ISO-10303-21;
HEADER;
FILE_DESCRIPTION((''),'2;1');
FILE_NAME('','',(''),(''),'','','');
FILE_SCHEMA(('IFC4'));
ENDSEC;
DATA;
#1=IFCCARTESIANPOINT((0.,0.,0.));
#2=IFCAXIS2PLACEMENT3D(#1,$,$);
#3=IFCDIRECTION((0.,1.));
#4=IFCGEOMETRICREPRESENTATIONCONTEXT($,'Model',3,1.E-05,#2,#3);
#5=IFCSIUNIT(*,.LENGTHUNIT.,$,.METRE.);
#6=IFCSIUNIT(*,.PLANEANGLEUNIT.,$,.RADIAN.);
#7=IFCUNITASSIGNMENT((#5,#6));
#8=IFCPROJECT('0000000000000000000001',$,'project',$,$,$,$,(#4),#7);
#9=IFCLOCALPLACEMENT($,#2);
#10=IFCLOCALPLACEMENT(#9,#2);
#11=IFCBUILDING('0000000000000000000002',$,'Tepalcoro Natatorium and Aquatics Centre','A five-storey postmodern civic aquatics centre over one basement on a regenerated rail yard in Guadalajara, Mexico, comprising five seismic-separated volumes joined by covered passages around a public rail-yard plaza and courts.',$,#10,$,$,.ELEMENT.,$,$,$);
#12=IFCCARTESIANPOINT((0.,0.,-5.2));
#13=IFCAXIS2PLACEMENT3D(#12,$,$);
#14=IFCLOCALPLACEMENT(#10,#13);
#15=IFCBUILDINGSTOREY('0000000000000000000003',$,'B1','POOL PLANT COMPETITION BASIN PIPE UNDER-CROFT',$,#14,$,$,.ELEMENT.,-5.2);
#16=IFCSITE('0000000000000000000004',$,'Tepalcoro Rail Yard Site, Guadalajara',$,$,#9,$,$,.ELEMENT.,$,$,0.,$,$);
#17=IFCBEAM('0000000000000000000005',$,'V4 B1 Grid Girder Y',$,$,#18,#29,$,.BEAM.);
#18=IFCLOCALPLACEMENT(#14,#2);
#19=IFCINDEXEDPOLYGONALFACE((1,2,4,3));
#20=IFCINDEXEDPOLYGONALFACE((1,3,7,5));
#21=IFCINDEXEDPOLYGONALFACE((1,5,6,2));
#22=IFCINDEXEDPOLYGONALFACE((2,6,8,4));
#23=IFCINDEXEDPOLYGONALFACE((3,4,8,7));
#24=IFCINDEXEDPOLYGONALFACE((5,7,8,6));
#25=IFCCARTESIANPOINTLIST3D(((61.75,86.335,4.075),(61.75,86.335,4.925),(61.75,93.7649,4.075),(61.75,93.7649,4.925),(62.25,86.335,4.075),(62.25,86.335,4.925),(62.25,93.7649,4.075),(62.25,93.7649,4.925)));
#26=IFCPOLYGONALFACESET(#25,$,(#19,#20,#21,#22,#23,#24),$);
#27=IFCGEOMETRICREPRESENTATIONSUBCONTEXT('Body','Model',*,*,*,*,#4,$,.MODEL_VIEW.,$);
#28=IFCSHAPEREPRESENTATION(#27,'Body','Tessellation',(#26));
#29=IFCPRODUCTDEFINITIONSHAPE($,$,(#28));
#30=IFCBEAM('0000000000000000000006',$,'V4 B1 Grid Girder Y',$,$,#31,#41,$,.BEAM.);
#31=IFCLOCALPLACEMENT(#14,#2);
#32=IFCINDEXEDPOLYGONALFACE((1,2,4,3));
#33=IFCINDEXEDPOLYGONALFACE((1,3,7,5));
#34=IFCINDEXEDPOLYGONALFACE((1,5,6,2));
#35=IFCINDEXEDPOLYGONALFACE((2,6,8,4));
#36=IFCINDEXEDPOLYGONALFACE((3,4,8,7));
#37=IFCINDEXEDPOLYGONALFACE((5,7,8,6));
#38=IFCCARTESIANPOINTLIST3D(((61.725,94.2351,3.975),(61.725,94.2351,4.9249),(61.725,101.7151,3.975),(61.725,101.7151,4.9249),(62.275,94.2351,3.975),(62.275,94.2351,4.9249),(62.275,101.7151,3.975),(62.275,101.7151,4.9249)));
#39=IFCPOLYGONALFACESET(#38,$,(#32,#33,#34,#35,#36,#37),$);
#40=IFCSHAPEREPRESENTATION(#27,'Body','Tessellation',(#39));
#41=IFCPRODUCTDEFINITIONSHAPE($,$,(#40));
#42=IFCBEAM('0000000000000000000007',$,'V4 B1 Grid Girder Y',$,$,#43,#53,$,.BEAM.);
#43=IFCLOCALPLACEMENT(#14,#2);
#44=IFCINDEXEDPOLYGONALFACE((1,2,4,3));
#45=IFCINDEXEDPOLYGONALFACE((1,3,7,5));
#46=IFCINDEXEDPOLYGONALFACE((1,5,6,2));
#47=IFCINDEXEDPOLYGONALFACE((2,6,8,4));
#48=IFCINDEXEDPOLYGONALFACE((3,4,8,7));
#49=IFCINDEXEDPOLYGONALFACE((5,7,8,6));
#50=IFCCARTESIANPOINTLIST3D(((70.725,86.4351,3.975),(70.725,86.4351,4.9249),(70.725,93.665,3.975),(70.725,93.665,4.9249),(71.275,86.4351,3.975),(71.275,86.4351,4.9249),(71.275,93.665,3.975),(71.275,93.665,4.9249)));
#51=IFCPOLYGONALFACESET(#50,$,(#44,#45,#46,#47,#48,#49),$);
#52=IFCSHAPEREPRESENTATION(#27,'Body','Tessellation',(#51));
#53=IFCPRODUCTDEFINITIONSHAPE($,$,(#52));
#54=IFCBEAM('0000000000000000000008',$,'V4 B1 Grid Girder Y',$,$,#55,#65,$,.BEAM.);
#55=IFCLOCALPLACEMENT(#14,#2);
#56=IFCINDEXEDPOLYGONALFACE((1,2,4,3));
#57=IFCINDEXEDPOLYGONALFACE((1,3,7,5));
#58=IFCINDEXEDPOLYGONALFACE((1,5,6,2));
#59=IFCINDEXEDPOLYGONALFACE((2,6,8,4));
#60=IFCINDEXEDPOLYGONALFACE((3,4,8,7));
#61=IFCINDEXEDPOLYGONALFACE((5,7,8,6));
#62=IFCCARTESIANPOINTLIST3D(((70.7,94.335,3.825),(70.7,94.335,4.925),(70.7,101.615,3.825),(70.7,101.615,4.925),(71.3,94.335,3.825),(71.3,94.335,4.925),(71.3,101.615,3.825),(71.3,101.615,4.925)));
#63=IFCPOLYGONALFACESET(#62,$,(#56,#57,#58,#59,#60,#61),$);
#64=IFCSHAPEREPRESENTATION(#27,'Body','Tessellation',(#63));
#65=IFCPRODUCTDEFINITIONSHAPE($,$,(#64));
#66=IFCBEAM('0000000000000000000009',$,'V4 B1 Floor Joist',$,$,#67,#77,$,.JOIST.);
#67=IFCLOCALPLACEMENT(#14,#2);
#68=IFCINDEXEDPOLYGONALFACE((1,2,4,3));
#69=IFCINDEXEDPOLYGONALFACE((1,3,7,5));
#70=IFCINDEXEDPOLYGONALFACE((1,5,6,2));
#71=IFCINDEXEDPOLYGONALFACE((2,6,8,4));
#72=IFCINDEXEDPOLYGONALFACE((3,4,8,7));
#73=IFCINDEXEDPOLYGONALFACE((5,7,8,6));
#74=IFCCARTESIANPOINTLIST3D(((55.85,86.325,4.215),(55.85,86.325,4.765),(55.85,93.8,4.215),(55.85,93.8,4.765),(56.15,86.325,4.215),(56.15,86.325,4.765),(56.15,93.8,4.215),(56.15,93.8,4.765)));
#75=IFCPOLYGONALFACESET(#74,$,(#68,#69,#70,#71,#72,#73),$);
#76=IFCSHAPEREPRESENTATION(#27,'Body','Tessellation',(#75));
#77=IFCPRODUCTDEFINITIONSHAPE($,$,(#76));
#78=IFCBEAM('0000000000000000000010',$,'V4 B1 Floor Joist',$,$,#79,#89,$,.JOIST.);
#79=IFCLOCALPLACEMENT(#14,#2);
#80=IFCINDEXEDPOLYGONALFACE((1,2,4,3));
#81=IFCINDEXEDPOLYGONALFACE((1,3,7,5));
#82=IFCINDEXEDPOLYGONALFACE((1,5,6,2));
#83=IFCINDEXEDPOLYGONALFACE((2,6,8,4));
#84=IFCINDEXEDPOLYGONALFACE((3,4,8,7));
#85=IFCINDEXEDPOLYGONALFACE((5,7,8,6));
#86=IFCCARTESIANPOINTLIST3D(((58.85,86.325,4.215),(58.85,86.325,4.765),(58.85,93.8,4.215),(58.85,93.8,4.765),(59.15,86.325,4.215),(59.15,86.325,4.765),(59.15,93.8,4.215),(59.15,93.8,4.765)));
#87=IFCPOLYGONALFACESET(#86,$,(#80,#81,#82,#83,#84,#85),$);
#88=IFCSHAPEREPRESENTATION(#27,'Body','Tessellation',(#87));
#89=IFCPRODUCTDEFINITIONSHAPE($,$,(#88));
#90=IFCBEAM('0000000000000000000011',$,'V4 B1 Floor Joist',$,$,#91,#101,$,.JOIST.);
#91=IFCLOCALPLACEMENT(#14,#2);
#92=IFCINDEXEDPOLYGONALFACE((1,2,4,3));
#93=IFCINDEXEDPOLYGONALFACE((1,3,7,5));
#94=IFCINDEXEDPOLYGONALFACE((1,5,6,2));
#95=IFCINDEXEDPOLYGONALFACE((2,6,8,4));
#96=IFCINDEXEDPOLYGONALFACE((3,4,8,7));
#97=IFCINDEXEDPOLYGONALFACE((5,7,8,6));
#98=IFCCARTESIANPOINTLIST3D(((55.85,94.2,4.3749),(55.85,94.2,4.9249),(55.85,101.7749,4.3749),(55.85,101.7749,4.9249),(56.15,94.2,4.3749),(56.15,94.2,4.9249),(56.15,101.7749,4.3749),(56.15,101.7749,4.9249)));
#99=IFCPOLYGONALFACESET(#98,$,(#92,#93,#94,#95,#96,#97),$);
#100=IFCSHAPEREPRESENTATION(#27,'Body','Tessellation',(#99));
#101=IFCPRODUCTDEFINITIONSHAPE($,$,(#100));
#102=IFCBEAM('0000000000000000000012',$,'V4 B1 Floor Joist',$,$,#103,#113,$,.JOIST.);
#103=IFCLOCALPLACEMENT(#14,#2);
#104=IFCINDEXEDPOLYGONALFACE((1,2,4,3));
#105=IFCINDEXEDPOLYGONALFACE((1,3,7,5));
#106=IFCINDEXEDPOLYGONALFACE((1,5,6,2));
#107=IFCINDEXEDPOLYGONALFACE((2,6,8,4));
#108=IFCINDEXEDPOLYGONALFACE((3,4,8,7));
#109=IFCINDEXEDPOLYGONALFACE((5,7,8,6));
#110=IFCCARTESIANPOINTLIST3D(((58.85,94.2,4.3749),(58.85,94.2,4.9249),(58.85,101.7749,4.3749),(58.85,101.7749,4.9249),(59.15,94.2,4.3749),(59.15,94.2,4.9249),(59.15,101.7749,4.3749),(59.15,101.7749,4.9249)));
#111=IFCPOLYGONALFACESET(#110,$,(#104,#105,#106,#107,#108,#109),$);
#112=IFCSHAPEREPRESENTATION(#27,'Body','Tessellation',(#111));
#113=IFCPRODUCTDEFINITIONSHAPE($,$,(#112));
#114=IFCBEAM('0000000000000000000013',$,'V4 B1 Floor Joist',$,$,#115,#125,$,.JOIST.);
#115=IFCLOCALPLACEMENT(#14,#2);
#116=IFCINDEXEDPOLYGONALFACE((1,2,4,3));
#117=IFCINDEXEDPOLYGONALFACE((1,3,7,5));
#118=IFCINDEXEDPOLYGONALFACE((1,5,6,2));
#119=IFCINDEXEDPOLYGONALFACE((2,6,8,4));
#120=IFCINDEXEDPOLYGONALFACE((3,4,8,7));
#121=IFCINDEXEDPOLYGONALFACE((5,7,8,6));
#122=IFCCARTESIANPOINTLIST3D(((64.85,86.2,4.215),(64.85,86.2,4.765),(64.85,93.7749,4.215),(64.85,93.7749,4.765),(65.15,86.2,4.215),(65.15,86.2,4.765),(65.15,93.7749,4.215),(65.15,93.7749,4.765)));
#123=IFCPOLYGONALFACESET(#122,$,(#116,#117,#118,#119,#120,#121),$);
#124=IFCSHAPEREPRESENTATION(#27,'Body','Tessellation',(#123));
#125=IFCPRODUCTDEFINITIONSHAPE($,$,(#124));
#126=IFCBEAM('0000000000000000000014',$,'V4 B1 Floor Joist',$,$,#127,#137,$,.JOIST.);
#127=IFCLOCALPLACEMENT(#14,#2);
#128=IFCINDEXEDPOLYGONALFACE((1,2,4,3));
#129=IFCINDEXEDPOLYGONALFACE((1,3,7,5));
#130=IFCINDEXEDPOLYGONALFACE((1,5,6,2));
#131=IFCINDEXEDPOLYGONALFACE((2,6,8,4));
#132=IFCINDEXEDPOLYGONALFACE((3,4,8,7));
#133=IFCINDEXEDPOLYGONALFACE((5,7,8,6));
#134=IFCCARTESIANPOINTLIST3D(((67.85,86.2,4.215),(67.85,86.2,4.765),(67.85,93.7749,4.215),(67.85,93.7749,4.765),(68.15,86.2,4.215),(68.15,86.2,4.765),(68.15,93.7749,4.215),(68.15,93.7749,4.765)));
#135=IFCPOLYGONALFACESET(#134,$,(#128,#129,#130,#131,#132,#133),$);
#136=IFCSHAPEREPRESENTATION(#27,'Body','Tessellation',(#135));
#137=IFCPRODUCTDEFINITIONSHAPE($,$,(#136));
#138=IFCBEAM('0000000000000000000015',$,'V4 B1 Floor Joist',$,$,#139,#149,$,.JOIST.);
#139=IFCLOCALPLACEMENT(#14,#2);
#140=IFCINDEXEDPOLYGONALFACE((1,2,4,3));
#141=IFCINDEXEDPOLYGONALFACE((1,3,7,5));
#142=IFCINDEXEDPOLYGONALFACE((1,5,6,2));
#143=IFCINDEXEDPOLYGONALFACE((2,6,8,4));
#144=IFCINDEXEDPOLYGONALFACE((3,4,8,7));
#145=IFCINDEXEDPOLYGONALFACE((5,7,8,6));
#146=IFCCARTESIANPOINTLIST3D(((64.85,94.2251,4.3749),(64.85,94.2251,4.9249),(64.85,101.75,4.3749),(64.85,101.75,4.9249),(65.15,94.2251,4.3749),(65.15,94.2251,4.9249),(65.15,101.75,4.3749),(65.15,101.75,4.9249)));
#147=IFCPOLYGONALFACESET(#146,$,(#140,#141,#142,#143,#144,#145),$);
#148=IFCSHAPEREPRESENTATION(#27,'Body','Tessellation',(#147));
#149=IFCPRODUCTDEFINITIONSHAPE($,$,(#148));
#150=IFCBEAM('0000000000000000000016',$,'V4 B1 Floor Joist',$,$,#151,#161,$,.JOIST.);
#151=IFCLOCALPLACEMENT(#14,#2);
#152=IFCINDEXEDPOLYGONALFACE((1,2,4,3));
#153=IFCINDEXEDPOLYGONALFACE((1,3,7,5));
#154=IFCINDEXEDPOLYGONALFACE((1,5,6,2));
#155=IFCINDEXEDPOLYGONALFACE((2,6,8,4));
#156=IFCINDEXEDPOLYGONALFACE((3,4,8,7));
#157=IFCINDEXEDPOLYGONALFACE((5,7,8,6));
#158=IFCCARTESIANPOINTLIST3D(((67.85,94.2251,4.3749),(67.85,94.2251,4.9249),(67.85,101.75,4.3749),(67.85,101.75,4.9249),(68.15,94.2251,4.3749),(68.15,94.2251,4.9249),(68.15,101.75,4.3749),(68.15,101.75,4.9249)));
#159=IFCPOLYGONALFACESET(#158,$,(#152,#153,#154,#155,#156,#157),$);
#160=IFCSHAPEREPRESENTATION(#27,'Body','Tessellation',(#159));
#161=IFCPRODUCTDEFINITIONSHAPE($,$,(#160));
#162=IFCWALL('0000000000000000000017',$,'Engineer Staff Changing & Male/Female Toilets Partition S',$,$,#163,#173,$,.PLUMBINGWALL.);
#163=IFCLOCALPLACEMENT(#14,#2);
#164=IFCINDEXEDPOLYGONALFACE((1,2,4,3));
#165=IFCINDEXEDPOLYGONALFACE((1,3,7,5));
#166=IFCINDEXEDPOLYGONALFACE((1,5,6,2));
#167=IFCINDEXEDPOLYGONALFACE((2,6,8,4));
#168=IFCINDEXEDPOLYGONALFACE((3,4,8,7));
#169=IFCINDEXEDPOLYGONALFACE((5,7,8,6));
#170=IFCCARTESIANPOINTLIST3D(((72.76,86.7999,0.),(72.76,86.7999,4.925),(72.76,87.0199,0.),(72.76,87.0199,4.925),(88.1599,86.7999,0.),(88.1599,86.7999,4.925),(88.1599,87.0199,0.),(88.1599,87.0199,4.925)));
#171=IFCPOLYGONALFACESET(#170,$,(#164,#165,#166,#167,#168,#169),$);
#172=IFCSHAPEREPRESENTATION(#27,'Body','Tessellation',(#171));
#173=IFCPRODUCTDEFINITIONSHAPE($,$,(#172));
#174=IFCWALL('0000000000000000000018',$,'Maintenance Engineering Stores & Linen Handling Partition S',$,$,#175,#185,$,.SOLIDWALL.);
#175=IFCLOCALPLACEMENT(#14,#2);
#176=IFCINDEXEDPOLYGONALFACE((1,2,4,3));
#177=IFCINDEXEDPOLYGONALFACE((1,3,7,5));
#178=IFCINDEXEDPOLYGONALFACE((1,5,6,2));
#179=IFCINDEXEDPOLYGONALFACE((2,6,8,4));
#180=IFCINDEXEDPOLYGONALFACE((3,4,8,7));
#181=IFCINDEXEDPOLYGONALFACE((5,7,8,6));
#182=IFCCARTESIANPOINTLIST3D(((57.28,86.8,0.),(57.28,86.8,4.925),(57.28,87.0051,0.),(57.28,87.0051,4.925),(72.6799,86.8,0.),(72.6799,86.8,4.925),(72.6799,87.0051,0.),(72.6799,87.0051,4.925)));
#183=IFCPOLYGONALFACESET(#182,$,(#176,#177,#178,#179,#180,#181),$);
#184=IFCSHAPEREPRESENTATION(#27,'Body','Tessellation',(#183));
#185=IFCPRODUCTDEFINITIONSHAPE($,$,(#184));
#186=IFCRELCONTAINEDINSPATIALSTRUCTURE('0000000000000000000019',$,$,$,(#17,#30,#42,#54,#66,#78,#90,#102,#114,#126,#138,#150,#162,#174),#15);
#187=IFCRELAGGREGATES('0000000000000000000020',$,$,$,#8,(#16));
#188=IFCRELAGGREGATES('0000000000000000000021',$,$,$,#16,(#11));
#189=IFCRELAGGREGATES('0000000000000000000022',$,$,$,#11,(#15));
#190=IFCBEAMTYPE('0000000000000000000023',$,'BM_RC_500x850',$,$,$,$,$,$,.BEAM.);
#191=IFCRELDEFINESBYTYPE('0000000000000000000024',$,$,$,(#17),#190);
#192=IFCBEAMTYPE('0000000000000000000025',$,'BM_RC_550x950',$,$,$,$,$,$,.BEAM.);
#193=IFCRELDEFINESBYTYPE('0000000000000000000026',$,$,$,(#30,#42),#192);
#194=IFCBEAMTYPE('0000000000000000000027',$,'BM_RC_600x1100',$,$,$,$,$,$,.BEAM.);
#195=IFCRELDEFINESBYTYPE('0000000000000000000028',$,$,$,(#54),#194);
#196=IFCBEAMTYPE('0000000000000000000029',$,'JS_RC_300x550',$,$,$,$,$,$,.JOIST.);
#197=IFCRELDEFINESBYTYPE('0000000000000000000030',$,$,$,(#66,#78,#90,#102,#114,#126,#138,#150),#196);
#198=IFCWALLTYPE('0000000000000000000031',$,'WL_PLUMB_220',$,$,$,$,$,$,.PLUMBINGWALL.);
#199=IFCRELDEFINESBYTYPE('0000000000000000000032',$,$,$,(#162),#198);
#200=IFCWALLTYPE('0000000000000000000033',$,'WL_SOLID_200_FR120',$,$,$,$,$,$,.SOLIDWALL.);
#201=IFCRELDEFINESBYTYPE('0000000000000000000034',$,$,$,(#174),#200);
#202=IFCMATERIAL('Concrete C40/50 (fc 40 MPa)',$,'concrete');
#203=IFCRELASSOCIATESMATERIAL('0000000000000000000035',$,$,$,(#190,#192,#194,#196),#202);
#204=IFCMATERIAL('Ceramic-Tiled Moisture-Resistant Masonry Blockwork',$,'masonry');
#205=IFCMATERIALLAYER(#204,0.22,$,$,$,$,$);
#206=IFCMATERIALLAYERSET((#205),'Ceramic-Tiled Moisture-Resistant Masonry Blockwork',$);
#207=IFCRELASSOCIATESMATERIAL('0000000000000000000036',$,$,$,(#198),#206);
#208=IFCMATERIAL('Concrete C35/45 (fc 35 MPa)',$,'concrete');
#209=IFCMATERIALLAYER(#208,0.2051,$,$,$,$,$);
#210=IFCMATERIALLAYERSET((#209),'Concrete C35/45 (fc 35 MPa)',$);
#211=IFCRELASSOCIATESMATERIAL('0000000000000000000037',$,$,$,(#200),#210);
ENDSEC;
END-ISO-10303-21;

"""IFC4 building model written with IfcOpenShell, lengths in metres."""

from ifc_helpers import new_model, si_unit, direction, frame, frame_2d, origin, origin_2d, place, context, subcontext, project, spatial, rectangle, extrude, material, layer, layer_set, material_profile, profile_set, type_object, element, save


model = new_model("IFC4")

# Units and contexts
model_context = context("Model", 3, precision=1e-05, world=origin(), true_north=direction((0.0, 1.0)))
body_context = subcontext(model_context, "Body", "Model", "MODEL_VIEW")
ifc_project = project(units=[si_unit("LENGTHUNIT", "METRE"), si_unit("PLANEANGLEUNIT", "RADIAN")], contexts=[model_context])

# Site, building, storey
site_placement = place(None, origin())
site = spatial("IfcSite", under=ifc_project, at=site_placement, Name="Tepalcoro Rail Yard Site, Guadalajara", CompositionType="ELEMENT", RefElevation=0.0)
building_placement = place(site_placement, origin())
building = spatial("IfcBuilding", under=site, at=building_placement, Name="Tepalcoro Natatorium and Aquatics Centre", Description="A five-storey postmodern civic aquatics centre over one basement on a regenerated rail yard in Guadalajara, Mexico, comprising five seismic-separated volumes joined by covered passages around a public rail-yard plaza and courts.", CompositionType="ELEMENT")
storey_placement = place(building_placement, frame((0.0, 0.0, -5.2)))
storey = spatial("IfcBuildingStorey", under=building, at=storey_placement, Name="B1", Description="POOL PLANT COMPETITION BASIN PIPE UNDER-CROFT", CompositionType="ELEMENT", Elevation=-5.2)

# Shared definitions
ifc_material_1 = material(Name="Concrete C40/50 (fc 40 MPa)", Category="concrete")

# Beams
ifc_material_profile_1 = material_profile(ifc_material_1, rectangle(XDim=0.5, YDim=0.8501, at=origin_2d()), Name="RCB500x850")
ifc_profile_set_1 = profile_set([ifc_material_profile_1], Name="Concrete C40/50 (fc 40 MPa)")
beam_type_1 = type_object("IfcBeamType", Name="BM_RC_500x850", PredefinedType="BEAM", material=ifc_profile_set_1)
beam_1_placement = place(storey_placement, frame((62.0, 86.335, 4.5), z_axis=(0.0, 1.0, 0.0), x_axis=(-1.0, 0.0, 0.0)))
element("IfcBeam", 1, at=beam_1_placement, inside=storey, type_object=beam_type_1, Name="V4 B1 Grid Girder Y", PredefinedType="BEAM", context=body_context, shape_type="SweptSolid", body=[
    extrude(rectangle(XDim=0.5, YDim=0.8501, at=origin_2d()), origin(), (0.0, 0.0, 1.0), 7.4299),
])
ifc_material_profile_2 = material_profile(ifc_material_1, rectangle(XDim=0.55, YDim=0.95, at=origin_2d()), Name="RCB550x950")
ifc_profile_set_2 = profile_set([ifc_material_profile_2], Name="Concrete C40/50 (fc 40 MPa)")
beam_type_2 = type_object("IfcBeamType", Name="BM_RC_550x950", PredefinedType="BEAM", material=ifc_profile_set_2)
beam_2_placement = place(storey_placement, frame((62.0, 94.2351, 4.45), z_axis=(0.0, 1.0, 0.0), x_axis=(-1.0, 0.0, 0.0)))
element("IfcBeam", 2, at=beam_2_placement, inside=storey, type_object=beam_type_2, Name="V4 B1 Grid Girder Y", PredefinedType="BEAM", context=body_context, shape_type="SweptSolid", body=[
    extrude(rectangle(XDim=0.55, YDim=0.95, at=origin_2d()), origin(), (0.0, 0.0, 1.0), 7.48),
])
beam_3_placement = place(storey_placement, frame((71.0, 86.4351, 4.45), z_axis=(0.0, 1.0, 0.0), x_axis=(-1.0, 0.0, 0.0)))
element("IfcBeam", 3, at=beam_3_placement, inside=storey, type_object=beam_type_2, Name="V4 B1 Grid Girder Y", PredefinedType="BEAM", context=body_context, shape_type="SweptSolid", body=[
    extrude(rectangle(XDim=0.55, YDim=0.95, at=origin_2d()), origin(), (0.0, 0.0, 1.0), 7.23),
])
ifc_material_profile_3 = material_profile(ifc_material_1, rectangle(XDim=0.6001, YDim=1.1001, at=origin_2d()), Name="RCB600x1100")
ifc_profile_set_3 = profile_set([ifc_material_profile_3], Name="Concrete C40/50 (fc 40 MPa)")
beam_type_3 = type_object("IfcBeamType", Name="BM_RC_600x1100", PredefinedType="BEAM", material=ifc_profile_set_3)
beam_4_placement = place(storey_placement, frame((71.0, 94.335, 4.375), z_axis=(0.0, 1.0, 0.0), x_axis=(-1.0, 0.0, 0.0)))
element("IfcBeam", 4, at=beam_4_placement, inside=storey, type_object=beam_type_3, Name="V4 B1 Grid Girder Y", PredefinedType="BEAM", context=body_context, shape_type="SweptSolid", body=[
    extrude(rectangle(XDim=0.6001, YDim=1.1001, at=origin_2d()), origin(), (0.0, 0.0, 1.0), 7.28),
])
ifc_material_profile_4 = material_profile(ifc_material_1, rectangle(XDim=0.3, YDim=0.55, at=origin_2d()), Name="RCJ300x550")
ifc_profile_set_4 = profile_set([ifc_material_profile_4], Name="Concrete C40/50 (fc 40 MPa)")
beam_type_4 = type_object("IfcBeamType", Name="JS_RC_300x550", PredefinedType="JOIST", material=ifc_profile_set_4)
for number, where, z_axis, x_axis, name in (
    (5, (56.0, 86.325, 4.49), (0.0, 1.0, 0.0), (-1.0, 0.0, 0.0), "V4 B1 Floor Joist"),
    (6, (59.0, 86.325, 4.49), (0.0, 1.0, 0.0), (-1.0, 0.0, 0.0), "V4 B1 Floor Joist"),
):
    element("IfcBeam", number, at=place(storey_placement, frame(where, z_axis=z_axis, x_axis=x_axis)), inside=storey, type_object=beam_type_4, Name=name, PredefinedType="JOIST", context=body_context, shape_type="SweptSolid", body=[
        extrude(rectangle(XDim=0.3, YDim=0.55, at=origin_2d()), origin(), (0.0, 0.0, 1.0), 7.4751),
    ])
for number, where, z_axis, x_axis, name in (
    (7, (56.0, 94.2, 4.6499), (0.0, 1.0, 0.0), (-1.0, 0.0, 0.0), "V4 B1 Floor Joist"),
    (8, (59.0, 94.2, 4.6499), (0.0, 1.0, 0.0), (-1.0, 0.0, 0.0), "V4 B1 Floor Joist"),
    (9, (65.0, 86.2, 4.49), (0.0, 1.0, 0.0), (-1.0, 0.0, 0.0), "V4 B1 Floor Joist"),
    (10, (68.0, 86.2, 4.49), (0.0, 1.0, 0.0), (-1.0, 0.0, 0.0), "V4 B1 Floor Joist"),
):
    element("IfcBeam", number, at=place(storey_placement, frame(where, z_axis=z_axis, x_axis=x_axis)), inside=storey, type_object=beam_type_4, Name=name, PredefinedType="JOIST", context=body_context, shape_type="SweptSolid", body=[
        extrude(rectangle(XDim=0.3, YDim=0.55, at=origin_2d()), origin(), (0.0, 0.0, 1.0), 7.575),
    ])
for number, where, z_axis, x_axis, name in (
    (11, (65.0, 94.2251, 4.6499), (0.0, 1.0, 0.0), (-1.0, 0.0, 0.0), "V4 B1 Floor Joist"),
    (12, (68.0, 94.2251, 4.6499), (0.0, 1.0, 0.0), (-1.0, 0.0, 0.0), "V4 B1 Floor Joist"),
):
    element("IfcBeam", number, at=place(storey_placement, frame(where, z_axis=z_axis, x_axis=x_axis)), inside=storey, type_object=beam_type_4, Name=name, PredefinedType="JOIST", context=body_context, shape_type="SweptSolid", body=[
        extrude(rectangle(XDim=0.3, YDim=0.55, at=origin_2d()), origin(), (0.0, 0.0, 1.0), 7.5249),
    ])

# Walls
ifc_material_2 = material(Name="Ceramic-Tiled Moisture-Resistant Masonry Blockwork", Category="masonry")
ifc_layer_1 = layer(ifc_material_2, 0.22)
ifc_layer_set_1 = layer_set([ifc_layer_1], Name="Ceramic-Tiled Moisture-Resistant Masonry Blockwork")
wall_type_1 = type_object("IfcWallType", Name="WL_PLUMB_220", PredefinedType="PLUMBINGWALL", material=ifc_layer_set_1)
wall_1_placement = place(storey_placement, frame((72.76, 86.9099, 0.0), z_axis=(0.0, 0.0, 1.0), x_axis=(1.0, 0.0, 0.0)))
element("IfcWall", 13, at=wall_1_placement, inside=storey, type_object=wall_type_1, Name="Engineer Staff Changing & Male/Female Toilets Partition S", PredefinedType="PLUMBINGWALL", context=body_context, shape_type="SweptSolid", body=[
    extrude(rectangle(XDim=15.3999, YDim=0.22, at=frame_2d((7.7, 0.0))), origin(), (0.0, 0.0, 1.0), 4.925),
])
ifc_material_3 = material(Name="Concrete C35/45 (fc 35 MPa)", Category="concrete")
ifc_layer_2 = layer(ifc_material_3, 0.2051)
ifc_layer_set_2 = layer_set([ifc_layer_2], Name="Concrete C35/45 (fc 35 MPa)")
wall_type_2 = type_object("IfcWallType", Name="WL_SOLID_200_FR120", PredefinedType="SOLIDWALL", material=ifc_layer_set_2)
wall_2_placement = place(storey_placement, frame((57.28, 86.9026, 0.0), z_axis=(0.0, 0.0, 1.0), x_axis=(1.0, 0.0, 0.0)))
element("IfcWall", 14, at=wall_2_placement, inside=storey, type_object=wall_type_2, Name="Maintenance Engineering Stores & Linen Handling Partition S", PredefinedType="SOLIDWALL", context=body_context, shape_type="SweptSolid", body=[
    extrude(rectangle(XDim=15.3999, YDim=0.2051, at=frame_2d((7.7, 0.0))), origin(), (0.0, 0.0, 1.0), 4.925),
])

save(model, "model.ifc")
